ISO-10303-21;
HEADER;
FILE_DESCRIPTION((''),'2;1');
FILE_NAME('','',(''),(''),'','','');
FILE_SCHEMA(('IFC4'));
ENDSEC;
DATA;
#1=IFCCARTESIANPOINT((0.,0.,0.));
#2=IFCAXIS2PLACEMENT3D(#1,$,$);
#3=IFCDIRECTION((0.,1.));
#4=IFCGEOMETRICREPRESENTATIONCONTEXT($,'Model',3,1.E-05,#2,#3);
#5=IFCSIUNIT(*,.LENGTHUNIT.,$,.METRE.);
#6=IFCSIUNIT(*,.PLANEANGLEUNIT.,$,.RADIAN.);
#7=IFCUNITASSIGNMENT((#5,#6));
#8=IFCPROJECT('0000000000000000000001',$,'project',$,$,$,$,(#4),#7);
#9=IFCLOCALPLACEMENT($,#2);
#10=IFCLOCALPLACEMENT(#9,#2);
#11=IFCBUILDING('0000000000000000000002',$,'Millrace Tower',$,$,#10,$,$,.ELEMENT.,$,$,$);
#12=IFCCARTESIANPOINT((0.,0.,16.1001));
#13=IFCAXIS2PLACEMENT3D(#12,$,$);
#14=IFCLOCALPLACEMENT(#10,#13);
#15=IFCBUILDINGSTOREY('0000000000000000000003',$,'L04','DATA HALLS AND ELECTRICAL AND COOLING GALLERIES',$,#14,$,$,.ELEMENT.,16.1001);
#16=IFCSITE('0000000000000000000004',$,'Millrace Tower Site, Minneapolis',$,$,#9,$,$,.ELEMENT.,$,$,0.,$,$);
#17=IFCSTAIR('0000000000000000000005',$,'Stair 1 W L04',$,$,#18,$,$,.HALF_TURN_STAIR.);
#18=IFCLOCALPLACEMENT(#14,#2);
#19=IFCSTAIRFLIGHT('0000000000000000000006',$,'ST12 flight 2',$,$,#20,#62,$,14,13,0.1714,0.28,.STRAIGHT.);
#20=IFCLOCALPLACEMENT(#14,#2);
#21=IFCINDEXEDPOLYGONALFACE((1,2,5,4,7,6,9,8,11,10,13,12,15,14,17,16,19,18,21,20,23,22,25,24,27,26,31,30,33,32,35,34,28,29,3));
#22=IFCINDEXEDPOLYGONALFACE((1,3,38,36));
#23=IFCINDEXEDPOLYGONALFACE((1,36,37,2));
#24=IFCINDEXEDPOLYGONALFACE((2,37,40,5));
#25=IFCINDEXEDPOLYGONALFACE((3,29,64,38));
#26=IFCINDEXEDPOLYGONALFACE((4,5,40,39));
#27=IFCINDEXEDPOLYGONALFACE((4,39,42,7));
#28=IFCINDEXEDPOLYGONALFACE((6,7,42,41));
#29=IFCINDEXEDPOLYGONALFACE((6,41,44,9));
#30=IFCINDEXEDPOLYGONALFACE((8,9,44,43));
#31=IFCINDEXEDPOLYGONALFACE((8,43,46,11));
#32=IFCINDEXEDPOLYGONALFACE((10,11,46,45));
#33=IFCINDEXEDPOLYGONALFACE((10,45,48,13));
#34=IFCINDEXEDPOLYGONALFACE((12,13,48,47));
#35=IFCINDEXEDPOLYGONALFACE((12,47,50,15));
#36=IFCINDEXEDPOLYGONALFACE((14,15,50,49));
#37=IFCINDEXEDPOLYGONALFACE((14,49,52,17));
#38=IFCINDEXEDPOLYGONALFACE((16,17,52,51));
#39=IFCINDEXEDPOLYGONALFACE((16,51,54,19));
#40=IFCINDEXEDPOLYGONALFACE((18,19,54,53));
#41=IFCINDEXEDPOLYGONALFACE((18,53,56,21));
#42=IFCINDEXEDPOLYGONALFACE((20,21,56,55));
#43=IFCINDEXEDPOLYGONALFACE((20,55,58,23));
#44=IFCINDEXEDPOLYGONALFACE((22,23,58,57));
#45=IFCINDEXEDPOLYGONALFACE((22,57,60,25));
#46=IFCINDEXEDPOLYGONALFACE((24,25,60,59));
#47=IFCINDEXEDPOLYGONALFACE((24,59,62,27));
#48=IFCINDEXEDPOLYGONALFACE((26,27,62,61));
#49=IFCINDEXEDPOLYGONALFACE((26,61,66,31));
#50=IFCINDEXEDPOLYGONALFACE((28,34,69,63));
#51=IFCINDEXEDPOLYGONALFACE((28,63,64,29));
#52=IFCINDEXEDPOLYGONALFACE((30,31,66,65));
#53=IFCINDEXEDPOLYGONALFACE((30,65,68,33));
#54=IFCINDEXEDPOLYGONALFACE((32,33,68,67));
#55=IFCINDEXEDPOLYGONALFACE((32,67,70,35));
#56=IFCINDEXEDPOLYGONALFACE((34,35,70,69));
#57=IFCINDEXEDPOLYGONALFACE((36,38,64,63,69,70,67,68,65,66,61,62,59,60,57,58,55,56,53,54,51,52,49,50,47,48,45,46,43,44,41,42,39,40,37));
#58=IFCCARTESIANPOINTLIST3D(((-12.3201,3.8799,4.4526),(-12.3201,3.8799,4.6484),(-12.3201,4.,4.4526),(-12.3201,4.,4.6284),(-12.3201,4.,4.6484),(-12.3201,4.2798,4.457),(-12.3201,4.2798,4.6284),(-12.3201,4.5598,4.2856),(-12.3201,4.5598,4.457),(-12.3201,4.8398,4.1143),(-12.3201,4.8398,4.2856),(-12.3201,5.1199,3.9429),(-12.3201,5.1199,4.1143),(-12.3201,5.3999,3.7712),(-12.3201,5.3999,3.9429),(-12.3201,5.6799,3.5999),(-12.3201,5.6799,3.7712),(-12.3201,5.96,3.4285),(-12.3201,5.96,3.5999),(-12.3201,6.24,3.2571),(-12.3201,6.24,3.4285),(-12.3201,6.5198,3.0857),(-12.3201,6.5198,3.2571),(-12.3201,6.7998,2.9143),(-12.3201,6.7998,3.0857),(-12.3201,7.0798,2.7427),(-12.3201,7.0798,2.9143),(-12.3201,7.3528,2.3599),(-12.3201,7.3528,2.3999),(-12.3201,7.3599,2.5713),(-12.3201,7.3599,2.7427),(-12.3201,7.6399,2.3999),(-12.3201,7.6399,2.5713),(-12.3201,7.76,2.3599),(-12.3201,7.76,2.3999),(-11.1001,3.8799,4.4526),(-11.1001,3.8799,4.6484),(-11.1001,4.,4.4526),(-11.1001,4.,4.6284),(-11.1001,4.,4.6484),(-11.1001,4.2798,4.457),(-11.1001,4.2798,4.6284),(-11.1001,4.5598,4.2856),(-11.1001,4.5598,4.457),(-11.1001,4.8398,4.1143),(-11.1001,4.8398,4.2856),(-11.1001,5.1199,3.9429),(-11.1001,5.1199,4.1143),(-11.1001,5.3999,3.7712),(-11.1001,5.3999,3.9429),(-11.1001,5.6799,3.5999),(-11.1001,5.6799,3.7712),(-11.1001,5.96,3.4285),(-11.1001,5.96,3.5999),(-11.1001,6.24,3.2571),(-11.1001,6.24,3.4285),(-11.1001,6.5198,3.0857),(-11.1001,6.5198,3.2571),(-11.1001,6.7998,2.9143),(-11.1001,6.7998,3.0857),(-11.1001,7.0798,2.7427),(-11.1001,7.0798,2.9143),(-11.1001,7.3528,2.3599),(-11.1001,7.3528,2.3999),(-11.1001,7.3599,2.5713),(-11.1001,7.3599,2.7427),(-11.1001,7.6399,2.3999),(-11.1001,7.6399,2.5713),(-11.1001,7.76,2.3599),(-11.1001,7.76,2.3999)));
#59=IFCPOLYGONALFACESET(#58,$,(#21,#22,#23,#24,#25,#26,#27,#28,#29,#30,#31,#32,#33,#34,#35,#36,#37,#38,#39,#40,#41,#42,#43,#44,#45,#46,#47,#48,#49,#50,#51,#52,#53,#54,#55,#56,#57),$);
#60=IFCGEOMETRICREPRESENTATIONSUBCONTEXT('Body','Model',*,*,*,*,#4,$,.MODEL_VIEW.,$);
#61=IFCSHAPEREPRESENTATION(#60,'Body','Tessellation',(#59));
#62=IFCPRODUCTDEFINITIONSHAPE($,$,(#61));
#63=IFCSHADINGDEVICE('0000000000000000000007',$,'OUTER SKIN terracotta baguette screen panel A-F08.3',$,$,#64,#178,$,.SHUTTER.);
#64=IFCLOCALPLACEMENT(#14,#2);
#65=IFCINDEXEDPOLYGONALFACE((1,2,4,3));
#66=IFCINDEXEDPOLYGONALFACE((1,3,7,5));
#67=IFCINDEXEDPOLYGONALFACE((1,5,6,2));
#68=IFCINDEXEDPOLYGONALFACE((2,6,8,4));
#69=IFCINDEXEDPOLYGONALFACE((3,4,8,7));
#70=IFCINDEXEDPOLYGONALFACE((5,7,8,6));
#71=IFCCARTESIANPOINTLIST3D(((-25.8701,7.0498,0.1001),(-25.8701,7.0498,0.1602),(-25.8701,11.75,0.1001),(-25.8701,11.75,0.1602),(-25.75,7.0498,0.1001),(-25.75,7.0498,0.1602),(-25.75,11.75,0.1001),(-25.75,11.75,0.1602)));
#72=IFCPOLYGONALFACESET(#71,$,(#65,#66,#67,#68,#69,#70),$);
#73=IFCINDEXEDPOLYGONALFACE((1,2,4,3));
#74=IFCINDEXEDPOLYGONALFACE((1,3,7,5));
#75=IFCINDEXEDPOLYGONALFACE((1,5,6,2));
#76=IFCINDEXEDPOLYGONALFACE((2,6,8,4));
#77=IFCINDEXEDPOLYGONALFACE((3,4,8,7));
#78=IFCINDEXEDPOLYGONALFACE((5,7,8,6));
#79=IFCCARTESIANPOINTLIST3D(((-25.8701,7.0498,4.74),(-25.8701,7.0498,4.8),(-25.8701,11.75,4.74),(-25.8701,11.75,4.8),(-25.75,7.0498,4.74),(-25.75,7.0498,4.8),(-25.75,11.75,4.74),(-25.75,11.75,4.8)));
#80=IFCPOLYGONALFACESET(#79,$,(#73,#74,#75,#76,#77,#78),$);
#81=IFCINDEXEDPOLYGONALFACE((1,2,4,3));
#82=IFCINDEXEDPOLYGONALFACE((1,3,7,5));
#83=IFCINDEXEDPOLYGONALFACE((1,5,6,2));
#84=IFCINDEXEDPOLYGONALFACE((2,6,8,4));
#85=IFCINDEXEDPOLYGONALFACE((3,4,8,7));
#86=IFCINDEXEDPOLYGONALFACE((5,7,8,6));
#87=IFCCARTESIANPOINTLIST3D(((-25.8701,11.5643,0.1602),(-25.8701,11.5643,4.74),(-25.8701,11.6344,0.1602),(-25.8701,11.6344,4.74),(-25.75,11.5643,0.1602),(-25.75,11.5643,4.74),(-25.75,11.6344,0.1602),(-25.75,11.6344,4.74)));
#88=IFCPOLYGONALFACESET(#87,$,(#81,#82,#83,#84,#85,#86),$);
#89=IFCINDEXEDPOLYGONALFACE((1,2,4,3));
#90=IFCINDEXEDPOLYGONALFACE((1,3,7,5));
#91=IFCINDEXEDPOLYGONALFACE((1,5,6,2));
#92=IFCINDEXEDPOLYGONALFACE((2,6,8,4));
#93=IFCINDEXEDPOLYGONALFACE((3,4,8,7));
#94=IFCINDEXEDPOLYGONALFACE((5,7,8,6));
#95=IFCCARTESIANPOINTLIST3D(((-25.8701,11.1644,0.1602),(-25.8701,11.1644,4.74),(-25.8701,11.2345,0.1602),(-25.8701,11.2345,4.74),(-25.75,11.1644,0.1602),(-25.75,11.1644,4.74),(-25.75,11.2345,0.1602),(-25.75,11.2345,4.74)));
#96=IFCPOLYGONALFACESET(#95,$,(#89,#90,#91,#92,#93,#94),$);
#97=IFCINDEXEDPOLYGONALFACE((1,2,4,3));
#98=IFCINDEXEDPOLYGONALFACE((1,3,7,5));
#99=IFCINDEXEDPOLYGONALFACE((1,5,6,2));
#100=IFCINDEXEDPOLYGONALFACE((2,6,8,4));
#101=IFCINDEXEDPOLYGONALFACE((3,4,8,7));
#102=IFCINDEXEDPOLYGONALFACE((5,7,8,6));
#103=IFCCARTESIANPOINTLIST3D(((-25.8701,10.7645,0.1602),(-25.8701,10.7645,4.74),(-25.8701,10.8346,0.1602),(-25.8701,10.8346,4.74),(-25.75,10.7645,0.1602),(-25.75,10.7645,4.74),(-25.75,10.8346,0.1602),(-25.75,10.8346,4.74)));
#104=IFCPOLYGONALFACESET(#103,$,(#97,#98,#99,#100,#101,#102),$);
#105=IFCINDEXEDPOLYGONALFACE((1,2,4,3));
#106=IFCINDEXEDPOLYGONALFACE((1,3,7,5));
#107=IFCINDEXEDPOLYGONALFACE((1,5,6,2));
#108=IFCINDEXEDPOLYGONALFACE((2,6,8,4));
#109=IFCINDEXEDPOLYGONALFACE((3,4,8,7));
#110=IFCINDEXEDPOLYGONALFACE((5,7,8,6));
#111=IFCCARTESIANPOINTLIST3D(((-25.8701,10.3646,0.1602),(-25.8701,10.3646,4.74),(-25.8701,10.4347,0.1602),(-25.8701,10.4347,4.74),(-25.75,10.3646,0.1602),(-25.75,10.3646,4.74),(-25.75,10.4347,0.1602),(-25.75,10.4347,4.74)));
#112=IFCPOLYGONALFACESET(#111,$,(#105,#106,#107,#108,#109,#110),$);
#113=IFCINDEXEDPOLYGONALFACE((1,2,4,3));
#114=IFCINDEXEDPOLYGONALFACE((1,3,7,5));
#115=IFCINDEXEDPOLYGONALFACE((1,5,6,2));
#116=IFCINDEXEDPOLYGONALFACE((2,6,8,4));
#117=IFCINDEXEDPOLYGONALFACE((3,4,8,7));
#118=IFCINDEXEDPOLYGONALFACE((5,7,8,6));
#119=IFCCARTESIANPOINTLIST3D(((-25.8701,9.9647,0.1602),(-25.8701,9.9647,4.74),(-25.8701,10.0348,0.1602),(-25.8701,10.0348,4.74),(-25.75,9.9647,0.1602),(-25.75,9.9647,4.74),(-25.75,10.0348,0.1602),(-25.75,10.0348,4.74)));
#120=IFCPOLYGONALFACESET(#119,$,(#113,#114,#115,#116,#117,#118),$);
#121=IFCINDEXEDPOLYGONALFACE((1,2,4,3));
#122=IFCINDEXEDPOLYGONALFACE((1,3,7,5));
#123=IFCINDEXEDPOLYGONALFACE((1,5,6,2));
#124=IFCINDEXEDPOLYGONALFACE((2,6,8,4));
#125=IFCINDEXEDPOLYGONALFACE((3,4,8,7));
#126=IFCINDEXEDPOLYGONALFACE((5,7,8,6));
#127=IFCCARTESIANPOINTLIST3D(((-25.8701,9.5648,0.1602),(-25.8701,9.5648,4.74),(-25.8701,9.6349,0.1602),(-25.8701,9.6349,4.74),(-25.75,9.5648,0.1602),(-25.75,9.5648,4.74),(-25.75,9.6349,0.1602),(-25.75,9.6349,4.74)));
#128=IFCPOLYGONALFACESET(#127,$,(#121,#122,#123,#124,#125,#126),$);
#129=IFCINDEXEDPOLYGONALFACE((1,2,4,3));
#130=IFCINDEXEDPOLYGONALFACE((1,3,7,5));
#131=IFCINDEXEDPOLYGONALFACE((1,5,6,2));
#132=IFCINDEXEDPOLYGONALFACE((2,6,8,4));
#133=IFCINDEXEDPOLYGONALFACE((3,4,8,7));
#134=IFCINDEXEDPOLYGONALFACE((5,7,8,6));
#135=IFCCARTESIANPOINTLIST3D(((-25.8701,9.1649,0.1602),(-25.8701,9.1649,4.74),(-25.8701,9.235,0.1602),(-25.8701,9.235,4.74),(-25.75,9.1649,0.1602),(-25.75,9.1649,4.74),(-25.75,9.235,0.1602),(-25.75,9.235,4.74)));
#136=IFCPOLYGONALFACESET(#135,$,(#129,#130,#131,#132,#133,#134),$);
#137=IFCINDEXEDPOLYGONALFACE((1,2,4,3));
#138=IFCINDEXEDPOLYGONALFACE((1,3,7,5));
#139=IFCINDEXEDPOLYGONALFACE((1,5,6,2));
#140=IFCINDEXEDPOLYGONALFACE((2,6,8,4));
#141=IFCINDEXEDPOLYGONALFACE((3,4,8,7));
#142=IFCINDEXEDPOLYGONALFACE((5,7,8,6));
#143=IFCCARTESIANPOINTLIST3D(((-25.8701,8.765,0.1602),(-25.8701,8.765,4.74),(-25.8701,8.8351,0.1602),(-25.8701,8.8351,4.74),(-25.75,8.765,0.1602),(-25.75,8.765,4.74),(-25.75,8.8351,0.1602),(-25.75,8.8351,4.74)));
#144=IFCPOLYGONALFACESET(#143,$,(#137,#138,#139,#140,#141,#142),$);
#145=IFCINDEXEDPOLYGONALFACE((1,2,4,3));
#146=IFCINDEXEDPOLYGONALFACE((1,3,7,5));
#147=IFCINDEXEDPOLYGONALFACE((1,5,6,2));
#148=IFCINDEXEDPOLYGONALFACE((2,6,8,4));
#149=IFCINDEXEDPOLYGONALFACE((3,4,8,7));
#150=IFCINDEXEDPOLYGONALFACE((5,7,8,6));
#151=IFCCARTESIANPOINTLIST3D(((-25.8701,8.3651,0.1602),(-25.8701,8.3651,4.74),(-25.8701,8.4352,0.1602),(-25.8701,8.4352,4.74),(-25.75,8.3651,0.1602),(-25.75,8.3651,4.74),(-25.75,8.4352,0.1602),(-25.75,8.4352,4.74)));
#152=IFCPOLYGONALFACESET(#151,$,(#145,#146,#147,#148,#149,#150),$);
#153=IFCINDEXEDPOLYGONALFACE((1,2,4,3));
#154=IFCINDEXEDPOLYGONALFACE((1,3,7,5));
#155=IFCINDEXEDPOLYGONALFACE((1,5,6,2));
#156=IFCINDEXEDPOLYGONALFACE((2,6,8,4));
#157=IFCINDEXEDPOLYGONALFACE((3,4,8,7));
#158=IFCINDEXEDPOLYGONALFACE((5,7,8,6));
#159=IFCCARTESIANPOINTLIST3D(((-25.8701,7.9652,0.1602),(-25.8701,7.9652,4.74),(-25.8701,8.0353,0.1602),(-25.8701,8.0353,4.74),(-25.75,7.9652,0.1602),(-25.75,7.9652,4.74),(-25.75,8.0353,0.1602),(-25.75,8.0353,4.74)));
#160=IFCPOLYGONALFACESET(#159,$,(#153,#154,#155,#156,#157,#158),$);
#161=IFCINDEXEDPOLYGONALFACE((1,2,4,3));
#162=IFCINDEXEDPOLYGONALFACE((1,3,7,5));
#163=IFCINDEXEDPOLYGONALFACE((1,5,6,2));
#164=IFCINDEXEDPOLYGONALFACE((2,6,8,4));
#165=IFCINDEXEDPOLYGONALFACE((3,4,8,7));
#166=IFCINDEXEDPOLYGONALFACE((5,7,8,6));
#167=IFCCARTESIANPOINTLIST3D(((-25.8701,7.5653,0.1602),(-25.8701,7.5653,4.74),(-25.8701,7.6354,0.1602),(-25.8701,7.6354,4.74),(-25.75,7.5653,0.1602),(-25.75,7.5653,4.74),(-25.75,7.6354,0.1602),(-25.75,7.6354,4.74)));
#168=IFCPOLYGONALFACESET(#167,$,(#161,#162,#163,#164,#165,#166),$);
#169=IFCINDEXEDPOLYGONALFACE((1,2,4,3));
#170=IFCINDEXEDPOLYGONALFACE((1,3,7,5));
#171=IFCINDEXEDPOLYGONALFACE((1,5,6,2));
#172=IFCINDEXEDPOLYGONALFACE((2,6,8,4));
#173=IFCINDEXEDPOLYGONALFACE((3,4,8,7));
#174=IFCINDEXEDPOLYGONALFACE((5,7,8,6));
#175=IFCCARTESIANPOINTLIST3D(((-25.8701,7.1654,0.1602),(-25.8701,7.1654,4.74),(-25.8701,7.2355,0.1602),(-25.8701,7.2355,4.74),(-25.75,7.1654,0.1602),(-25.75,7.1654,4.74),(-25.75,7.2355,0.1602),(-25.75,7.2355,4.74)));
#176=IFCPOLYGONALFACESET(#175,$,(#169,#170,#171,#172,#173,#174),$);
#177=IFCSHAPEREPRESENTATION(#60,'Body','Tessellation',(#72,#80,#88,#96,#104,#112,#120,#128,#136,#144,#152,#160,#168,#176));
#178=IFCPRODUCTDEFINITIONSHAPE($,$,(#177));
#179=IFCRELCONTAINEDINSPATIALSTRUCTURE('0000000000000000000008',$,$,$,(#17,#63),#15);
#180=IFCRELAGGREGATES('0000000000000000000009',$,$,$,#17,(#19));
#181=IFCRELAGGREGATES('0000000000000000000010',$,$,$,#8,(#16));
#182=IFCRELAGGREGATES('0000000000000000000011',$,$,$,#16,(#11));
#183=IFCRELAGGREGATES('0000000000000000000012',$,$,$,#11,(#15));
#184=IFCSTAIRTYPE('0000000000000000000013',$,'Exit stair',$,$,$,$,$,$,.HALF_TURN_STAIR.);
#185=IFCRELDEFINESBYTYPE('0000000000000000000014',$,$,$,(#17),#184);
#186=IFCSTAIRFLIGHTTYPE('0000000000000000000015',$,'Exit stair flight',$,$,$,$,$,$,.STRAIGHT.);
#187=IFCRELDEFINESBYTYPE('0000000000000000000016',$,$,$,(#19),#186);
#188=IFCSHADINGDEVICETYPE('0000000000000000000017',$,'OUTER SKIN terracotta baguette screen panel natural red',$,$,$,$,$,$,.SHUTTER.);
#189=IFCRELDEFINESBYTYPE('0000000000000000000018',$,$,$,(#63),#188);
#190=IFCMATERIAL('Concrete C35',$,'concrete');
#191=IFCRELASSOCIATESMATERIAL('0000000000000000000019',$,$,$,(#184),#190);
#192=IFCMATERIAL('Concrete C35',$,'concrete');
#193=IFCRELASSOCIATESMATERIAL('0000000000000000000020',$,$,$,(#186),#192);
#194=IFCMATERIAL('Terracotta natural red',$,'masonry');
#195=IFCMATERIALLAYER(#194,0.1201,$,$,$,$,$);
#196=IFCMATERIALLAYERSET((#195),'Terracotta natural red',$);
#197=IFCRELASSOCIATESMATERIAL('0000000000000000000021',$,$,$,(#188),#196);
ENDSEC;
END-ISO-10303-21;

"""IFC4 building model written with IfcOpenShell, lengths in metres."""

from ifc_helpers import new_model, entity, si_unit, direction, frame, frame_2d, origin, place, context, subcontext, project, spatial, polyline, rectangle, outline, extrude, source, transform, mapped, material, layer, layer_set, type_object, element, aggregate, save


model = new_model("IFC4")

# Units and contexts
model_context = context("Model", 3, precision=1e-05, world=origin(), true_north=direction((0.0, 1.0)))
body_context = subcontext(model_context, "Body", "Model", "MODEL_VIEW")
ifc_project = project(units=[si_unit("LENGTHUNIT", "METRE"), si_unit("PLANEANGLEUNIT", "RADIAN")], contexts=[model_context])

# Site, building, storey
site_placement = place(None, origin())
site = spatial("IfcSite", under=ifc_project, at=site_placement, Name="Millrace Tower Site, Minneapolis", CompositionType="ELEMENT", RefElevation=0.0)
building_placement = place(site_placement, origin())
building = spatial("IfcBuilding", under=site, at=building_placement, Name="Millrace Tower", CompositionType="ELEMENT")
storey_placement = place(building_placement, frame((0.0, 0.0, 16.1001)))
storey = spatial("IfcBuildingStorey", under=building, at=storey_placement, Name="L04", Description="DATA HALLS AND ELECTRICAL AND COOLING GALLERIES", CompositionType="ELEMENT", Elevation=16.1001)

# Shared definitions
placement = place(storey_placement, origin())

# Stair, stair flight
ifc_material_1 = material(Name="Concrete C35", Category="concrete")
stair_type = type_object("IfcStairType", Name="Exit stair", PredefinedType="HALF_TURN_STAIR", material=ifc_material_1)
stair = element("IfcStair", 1, at=placement, inside=storey, type_object=stair_type, Name="Stair 1 W L04", PredefinedType="HALF_TURN_STAIR")
ifc_material_2 = material(Name="Concrete C35", Category="concrete")
stair_flight_type = type_object("IfcStairFlightType", Name="Exit stair flight", PredefinedType="STRAIGHT", material=ifc_material_2)
stair_flight_1_placement = place(storey_placement, frame((-11.71, 7.6399, 2.3999), z_axis=(0.0, 0.0, 1.0), x_axis=(0.0, -1.0, 0.0)))
stair_flight_1 = element("IfcStairFlight", 2, at=stair_flight_1_placement, type_object=stair_flight_type, Name="ST12 flight 2", NumberOfRisers=14, NumberOfTreads=13, PredefinedType="STRAIGHT", RiserHeight=0.1714, TreadLength=0.28, context=body_context, shape_type="SweptSolid", body=[
    extrude(outline(polyline([(-0.1201, -0.04), (-0.1201, 0.0), (0.0, 0.0), (0.0, 0.1714), (0.28, 0.1714), (0.28, 0.3428), (0.5601, 0.3428), (0.5601, 0.5144), (0.8401, 0.5144), (0.8401, 0.6858), (1.1201, 0.6858), (1.1201, 0.8572), (1.3999, 0.8572), (1.3999, 1.0286), (1.6799, 1.0286), (1.6799, 1.2), (1.96, 1.2), (1.96, 1.3713), (2.24, 1.3713), (2.24, 1.543), (2.52, 1.543), (2.52, 1.7144), (2.8, 1.7144), (2.8, 1.8857), (3.0801, 1.8857), (3.0801, 2.0571), (3.3601, 2.0571), (3.3601, 2.2285), (3.6399, 2.2285), (3.6399, 2.2485), (3.76, 2.2485), (3.76, 2.0527), (3.6399, 2.0527), (0.2871, 0.0), (0.2871, -0.04), (-0.1201, -0.04)])), frame((0.0, 0.6099, 0.0), z_axis=(0.0, -1.0, 0.0), x_axis=(1.0, 0.0, 0.0)), (0.0, 0.0, 1.0), 1.22),
])
aggregate(stair, [stair_flight_1])

# Shading device
cartesian_point = entity("IfcCartesianPoint", [-2.3501, 0.0601])
shared_polyline = entity("IfcPolyline", [cartesian_point, entity("IfcCartesianPoint", [2.3501, 0.0601]), entity("IfcCartesianPoint", [2.3501, -0.0601]), entity("IfcCartesianPoint", [-2.3501, -0.0601]), cartesian_point])
ifc_material_3 = material(Name="Terracotta natural red", Category="masonry")
ifc_layer_1 = layer(ifc_material_3, 0.1201)
ifc_layer_set_1 = layer_set([ifc_layer_1], Name="Terracotta natural red")
shading_device_type_1 = type_object("IfcShadingDeviceType", Name="OUTER SKIN terracotta baguette screen panel natural red", PredefinedType="SHUTTER", material=ifc_layer_set_1)
shared_shape_1 = source(origin(), body_context, "Body", "SweptSolid", [
    entity("IfcExtrudedAreaSolid", entity("IfcArbitraryClosedProfileDef", "AREA", None, shared_polyline), entity("IfcAxis2Placement3D", entity("IfcCartesianPoint", [0.0, 0.0, 0.0])), entity("IfcDirection", [0.0, 0.0, 1.0]), 0.0601),
    entity("IfcExtrudedAreaSolid", entity("IfcArbitraryClosedProfileDef", "AREA", None, shared_polyline), entity("IfcAxis2Placement3D", entity("IfcCartesianPoint", [0.0, 0.0, 4.6399])), entity("IfcDirection", [0.0, 0.0, 1.0]), 0.0601),
    extrude(rectangle(XDim=0.0701, YDim=0.1201, at=frame_2d((-2.1995, 0.0))), frame((0.0, 0.0, 0.0601)), (0.0, 0.0, 1.0), 4.5798),
    extrude(rectangle(XDim=0.0701, YDim=0.1201, at=frame_2d((-1.7996, 0.0))), frame((0.0, 0.0, 0.0601)), (0.0, 0.0, 1.0), 4.5798),
    extrude(rectangle(XDim=0.0701, YDim=0.1201, at=frame_2d((-1.3997, 0.0))), frame((0.0, 0.0, 0.0601)), (0.0, 0.0, 1.0), 4.5798),
    extrude(rectangle(XDim=0.0701, YDim=0.1201, at=frame_2d((-0.9998, 0.0))), frame((0.0, 0.0, 0.0601)), (0.0, 0.0, 1.0), 4.5798),
    extrude(rectangle(XDim=0.0701, YDim=0.1201, at=frame_2d((-0.5999, 0.0))), frame((0.0, 0.0, 0.0601)), (0.0, 0.0, 1.0), 4.5798),
    extrude(rectangle(XDim=0.0701, YDim=0.1201, at=frame_2d((-0.2, 0.0))), frame((0.0, 0.0, 0.0601)), (0.0, 0.0, 1.0), 4.5798),
    extrude(rectangle(XDim=0.0701, YDim=0.1201, at=frame_2d((0.2, 0.0))), frame((0.0, 0.0, 0.0601)), (0.0, 0.0, 1.0), 4.5798),
    extrude(rectangle(XDim=0.0701, YDim=0.1201, at=frame_2d((0.5999, 0.0))), frame((0.0, 0.0, 0.0601)), (0.0, 0.0, 1.0), 4.5798),
    extrude(rectangle(XDim=0.0701, YDim=0.1201, at=frame_2d((0.9998, 0.0))), frame((0.0, 0.0, 0.0601)), (0.0, 0.0, 1.0), 4.5798),
    extrude(rectangle(XDim=0.0701, YDim=0.1201, at=frame_2d((1.3997, 0.0))), frame((0.0, 0.0, 0.0601)), (0.0, 0.0, 1.0), 4.5798),
    extrude(rectangle(XDim=0.0701, YDim=0.1201, at=frame_2d((1.7996, 0.0))), frame((0.0, 0.0, 0.0601)), (0.0, 0.0, 1.0), 4.5798),
    extrude(rectangle(XDim=0.0701, YDim=0.1201, at=frame_2d((2.1995, 0.0))), frame((0.0, 0.0, 0.0601)), (0.0, 0.0, 1.0), 4.5798),
])
for number, where, z_axis, x_axis, name in (
    (3, (-25.8101, 9.3999, 0.1001), (0.0, 0.0, 1.0), (0.0, -1.0, 0.0), "OUTER SKIN terracotta baguette screen panel A-F08.3"),
):
    element("IfcShadingDevice", number, at=place(storey_placement, frame(where, z_axis=z_axis, x_axis=x_axis)), inside=storey, type_object=shading_device_type_1, Name=name, PredefinedType="SHUTTER", context=body_context, shape_type="MappedRepresentation", body=[
        mapped(shared_shape_1, transform((0.0, 0.0, 0.0), scale=1.0)),
    ])

save(model, "model.ifc")
